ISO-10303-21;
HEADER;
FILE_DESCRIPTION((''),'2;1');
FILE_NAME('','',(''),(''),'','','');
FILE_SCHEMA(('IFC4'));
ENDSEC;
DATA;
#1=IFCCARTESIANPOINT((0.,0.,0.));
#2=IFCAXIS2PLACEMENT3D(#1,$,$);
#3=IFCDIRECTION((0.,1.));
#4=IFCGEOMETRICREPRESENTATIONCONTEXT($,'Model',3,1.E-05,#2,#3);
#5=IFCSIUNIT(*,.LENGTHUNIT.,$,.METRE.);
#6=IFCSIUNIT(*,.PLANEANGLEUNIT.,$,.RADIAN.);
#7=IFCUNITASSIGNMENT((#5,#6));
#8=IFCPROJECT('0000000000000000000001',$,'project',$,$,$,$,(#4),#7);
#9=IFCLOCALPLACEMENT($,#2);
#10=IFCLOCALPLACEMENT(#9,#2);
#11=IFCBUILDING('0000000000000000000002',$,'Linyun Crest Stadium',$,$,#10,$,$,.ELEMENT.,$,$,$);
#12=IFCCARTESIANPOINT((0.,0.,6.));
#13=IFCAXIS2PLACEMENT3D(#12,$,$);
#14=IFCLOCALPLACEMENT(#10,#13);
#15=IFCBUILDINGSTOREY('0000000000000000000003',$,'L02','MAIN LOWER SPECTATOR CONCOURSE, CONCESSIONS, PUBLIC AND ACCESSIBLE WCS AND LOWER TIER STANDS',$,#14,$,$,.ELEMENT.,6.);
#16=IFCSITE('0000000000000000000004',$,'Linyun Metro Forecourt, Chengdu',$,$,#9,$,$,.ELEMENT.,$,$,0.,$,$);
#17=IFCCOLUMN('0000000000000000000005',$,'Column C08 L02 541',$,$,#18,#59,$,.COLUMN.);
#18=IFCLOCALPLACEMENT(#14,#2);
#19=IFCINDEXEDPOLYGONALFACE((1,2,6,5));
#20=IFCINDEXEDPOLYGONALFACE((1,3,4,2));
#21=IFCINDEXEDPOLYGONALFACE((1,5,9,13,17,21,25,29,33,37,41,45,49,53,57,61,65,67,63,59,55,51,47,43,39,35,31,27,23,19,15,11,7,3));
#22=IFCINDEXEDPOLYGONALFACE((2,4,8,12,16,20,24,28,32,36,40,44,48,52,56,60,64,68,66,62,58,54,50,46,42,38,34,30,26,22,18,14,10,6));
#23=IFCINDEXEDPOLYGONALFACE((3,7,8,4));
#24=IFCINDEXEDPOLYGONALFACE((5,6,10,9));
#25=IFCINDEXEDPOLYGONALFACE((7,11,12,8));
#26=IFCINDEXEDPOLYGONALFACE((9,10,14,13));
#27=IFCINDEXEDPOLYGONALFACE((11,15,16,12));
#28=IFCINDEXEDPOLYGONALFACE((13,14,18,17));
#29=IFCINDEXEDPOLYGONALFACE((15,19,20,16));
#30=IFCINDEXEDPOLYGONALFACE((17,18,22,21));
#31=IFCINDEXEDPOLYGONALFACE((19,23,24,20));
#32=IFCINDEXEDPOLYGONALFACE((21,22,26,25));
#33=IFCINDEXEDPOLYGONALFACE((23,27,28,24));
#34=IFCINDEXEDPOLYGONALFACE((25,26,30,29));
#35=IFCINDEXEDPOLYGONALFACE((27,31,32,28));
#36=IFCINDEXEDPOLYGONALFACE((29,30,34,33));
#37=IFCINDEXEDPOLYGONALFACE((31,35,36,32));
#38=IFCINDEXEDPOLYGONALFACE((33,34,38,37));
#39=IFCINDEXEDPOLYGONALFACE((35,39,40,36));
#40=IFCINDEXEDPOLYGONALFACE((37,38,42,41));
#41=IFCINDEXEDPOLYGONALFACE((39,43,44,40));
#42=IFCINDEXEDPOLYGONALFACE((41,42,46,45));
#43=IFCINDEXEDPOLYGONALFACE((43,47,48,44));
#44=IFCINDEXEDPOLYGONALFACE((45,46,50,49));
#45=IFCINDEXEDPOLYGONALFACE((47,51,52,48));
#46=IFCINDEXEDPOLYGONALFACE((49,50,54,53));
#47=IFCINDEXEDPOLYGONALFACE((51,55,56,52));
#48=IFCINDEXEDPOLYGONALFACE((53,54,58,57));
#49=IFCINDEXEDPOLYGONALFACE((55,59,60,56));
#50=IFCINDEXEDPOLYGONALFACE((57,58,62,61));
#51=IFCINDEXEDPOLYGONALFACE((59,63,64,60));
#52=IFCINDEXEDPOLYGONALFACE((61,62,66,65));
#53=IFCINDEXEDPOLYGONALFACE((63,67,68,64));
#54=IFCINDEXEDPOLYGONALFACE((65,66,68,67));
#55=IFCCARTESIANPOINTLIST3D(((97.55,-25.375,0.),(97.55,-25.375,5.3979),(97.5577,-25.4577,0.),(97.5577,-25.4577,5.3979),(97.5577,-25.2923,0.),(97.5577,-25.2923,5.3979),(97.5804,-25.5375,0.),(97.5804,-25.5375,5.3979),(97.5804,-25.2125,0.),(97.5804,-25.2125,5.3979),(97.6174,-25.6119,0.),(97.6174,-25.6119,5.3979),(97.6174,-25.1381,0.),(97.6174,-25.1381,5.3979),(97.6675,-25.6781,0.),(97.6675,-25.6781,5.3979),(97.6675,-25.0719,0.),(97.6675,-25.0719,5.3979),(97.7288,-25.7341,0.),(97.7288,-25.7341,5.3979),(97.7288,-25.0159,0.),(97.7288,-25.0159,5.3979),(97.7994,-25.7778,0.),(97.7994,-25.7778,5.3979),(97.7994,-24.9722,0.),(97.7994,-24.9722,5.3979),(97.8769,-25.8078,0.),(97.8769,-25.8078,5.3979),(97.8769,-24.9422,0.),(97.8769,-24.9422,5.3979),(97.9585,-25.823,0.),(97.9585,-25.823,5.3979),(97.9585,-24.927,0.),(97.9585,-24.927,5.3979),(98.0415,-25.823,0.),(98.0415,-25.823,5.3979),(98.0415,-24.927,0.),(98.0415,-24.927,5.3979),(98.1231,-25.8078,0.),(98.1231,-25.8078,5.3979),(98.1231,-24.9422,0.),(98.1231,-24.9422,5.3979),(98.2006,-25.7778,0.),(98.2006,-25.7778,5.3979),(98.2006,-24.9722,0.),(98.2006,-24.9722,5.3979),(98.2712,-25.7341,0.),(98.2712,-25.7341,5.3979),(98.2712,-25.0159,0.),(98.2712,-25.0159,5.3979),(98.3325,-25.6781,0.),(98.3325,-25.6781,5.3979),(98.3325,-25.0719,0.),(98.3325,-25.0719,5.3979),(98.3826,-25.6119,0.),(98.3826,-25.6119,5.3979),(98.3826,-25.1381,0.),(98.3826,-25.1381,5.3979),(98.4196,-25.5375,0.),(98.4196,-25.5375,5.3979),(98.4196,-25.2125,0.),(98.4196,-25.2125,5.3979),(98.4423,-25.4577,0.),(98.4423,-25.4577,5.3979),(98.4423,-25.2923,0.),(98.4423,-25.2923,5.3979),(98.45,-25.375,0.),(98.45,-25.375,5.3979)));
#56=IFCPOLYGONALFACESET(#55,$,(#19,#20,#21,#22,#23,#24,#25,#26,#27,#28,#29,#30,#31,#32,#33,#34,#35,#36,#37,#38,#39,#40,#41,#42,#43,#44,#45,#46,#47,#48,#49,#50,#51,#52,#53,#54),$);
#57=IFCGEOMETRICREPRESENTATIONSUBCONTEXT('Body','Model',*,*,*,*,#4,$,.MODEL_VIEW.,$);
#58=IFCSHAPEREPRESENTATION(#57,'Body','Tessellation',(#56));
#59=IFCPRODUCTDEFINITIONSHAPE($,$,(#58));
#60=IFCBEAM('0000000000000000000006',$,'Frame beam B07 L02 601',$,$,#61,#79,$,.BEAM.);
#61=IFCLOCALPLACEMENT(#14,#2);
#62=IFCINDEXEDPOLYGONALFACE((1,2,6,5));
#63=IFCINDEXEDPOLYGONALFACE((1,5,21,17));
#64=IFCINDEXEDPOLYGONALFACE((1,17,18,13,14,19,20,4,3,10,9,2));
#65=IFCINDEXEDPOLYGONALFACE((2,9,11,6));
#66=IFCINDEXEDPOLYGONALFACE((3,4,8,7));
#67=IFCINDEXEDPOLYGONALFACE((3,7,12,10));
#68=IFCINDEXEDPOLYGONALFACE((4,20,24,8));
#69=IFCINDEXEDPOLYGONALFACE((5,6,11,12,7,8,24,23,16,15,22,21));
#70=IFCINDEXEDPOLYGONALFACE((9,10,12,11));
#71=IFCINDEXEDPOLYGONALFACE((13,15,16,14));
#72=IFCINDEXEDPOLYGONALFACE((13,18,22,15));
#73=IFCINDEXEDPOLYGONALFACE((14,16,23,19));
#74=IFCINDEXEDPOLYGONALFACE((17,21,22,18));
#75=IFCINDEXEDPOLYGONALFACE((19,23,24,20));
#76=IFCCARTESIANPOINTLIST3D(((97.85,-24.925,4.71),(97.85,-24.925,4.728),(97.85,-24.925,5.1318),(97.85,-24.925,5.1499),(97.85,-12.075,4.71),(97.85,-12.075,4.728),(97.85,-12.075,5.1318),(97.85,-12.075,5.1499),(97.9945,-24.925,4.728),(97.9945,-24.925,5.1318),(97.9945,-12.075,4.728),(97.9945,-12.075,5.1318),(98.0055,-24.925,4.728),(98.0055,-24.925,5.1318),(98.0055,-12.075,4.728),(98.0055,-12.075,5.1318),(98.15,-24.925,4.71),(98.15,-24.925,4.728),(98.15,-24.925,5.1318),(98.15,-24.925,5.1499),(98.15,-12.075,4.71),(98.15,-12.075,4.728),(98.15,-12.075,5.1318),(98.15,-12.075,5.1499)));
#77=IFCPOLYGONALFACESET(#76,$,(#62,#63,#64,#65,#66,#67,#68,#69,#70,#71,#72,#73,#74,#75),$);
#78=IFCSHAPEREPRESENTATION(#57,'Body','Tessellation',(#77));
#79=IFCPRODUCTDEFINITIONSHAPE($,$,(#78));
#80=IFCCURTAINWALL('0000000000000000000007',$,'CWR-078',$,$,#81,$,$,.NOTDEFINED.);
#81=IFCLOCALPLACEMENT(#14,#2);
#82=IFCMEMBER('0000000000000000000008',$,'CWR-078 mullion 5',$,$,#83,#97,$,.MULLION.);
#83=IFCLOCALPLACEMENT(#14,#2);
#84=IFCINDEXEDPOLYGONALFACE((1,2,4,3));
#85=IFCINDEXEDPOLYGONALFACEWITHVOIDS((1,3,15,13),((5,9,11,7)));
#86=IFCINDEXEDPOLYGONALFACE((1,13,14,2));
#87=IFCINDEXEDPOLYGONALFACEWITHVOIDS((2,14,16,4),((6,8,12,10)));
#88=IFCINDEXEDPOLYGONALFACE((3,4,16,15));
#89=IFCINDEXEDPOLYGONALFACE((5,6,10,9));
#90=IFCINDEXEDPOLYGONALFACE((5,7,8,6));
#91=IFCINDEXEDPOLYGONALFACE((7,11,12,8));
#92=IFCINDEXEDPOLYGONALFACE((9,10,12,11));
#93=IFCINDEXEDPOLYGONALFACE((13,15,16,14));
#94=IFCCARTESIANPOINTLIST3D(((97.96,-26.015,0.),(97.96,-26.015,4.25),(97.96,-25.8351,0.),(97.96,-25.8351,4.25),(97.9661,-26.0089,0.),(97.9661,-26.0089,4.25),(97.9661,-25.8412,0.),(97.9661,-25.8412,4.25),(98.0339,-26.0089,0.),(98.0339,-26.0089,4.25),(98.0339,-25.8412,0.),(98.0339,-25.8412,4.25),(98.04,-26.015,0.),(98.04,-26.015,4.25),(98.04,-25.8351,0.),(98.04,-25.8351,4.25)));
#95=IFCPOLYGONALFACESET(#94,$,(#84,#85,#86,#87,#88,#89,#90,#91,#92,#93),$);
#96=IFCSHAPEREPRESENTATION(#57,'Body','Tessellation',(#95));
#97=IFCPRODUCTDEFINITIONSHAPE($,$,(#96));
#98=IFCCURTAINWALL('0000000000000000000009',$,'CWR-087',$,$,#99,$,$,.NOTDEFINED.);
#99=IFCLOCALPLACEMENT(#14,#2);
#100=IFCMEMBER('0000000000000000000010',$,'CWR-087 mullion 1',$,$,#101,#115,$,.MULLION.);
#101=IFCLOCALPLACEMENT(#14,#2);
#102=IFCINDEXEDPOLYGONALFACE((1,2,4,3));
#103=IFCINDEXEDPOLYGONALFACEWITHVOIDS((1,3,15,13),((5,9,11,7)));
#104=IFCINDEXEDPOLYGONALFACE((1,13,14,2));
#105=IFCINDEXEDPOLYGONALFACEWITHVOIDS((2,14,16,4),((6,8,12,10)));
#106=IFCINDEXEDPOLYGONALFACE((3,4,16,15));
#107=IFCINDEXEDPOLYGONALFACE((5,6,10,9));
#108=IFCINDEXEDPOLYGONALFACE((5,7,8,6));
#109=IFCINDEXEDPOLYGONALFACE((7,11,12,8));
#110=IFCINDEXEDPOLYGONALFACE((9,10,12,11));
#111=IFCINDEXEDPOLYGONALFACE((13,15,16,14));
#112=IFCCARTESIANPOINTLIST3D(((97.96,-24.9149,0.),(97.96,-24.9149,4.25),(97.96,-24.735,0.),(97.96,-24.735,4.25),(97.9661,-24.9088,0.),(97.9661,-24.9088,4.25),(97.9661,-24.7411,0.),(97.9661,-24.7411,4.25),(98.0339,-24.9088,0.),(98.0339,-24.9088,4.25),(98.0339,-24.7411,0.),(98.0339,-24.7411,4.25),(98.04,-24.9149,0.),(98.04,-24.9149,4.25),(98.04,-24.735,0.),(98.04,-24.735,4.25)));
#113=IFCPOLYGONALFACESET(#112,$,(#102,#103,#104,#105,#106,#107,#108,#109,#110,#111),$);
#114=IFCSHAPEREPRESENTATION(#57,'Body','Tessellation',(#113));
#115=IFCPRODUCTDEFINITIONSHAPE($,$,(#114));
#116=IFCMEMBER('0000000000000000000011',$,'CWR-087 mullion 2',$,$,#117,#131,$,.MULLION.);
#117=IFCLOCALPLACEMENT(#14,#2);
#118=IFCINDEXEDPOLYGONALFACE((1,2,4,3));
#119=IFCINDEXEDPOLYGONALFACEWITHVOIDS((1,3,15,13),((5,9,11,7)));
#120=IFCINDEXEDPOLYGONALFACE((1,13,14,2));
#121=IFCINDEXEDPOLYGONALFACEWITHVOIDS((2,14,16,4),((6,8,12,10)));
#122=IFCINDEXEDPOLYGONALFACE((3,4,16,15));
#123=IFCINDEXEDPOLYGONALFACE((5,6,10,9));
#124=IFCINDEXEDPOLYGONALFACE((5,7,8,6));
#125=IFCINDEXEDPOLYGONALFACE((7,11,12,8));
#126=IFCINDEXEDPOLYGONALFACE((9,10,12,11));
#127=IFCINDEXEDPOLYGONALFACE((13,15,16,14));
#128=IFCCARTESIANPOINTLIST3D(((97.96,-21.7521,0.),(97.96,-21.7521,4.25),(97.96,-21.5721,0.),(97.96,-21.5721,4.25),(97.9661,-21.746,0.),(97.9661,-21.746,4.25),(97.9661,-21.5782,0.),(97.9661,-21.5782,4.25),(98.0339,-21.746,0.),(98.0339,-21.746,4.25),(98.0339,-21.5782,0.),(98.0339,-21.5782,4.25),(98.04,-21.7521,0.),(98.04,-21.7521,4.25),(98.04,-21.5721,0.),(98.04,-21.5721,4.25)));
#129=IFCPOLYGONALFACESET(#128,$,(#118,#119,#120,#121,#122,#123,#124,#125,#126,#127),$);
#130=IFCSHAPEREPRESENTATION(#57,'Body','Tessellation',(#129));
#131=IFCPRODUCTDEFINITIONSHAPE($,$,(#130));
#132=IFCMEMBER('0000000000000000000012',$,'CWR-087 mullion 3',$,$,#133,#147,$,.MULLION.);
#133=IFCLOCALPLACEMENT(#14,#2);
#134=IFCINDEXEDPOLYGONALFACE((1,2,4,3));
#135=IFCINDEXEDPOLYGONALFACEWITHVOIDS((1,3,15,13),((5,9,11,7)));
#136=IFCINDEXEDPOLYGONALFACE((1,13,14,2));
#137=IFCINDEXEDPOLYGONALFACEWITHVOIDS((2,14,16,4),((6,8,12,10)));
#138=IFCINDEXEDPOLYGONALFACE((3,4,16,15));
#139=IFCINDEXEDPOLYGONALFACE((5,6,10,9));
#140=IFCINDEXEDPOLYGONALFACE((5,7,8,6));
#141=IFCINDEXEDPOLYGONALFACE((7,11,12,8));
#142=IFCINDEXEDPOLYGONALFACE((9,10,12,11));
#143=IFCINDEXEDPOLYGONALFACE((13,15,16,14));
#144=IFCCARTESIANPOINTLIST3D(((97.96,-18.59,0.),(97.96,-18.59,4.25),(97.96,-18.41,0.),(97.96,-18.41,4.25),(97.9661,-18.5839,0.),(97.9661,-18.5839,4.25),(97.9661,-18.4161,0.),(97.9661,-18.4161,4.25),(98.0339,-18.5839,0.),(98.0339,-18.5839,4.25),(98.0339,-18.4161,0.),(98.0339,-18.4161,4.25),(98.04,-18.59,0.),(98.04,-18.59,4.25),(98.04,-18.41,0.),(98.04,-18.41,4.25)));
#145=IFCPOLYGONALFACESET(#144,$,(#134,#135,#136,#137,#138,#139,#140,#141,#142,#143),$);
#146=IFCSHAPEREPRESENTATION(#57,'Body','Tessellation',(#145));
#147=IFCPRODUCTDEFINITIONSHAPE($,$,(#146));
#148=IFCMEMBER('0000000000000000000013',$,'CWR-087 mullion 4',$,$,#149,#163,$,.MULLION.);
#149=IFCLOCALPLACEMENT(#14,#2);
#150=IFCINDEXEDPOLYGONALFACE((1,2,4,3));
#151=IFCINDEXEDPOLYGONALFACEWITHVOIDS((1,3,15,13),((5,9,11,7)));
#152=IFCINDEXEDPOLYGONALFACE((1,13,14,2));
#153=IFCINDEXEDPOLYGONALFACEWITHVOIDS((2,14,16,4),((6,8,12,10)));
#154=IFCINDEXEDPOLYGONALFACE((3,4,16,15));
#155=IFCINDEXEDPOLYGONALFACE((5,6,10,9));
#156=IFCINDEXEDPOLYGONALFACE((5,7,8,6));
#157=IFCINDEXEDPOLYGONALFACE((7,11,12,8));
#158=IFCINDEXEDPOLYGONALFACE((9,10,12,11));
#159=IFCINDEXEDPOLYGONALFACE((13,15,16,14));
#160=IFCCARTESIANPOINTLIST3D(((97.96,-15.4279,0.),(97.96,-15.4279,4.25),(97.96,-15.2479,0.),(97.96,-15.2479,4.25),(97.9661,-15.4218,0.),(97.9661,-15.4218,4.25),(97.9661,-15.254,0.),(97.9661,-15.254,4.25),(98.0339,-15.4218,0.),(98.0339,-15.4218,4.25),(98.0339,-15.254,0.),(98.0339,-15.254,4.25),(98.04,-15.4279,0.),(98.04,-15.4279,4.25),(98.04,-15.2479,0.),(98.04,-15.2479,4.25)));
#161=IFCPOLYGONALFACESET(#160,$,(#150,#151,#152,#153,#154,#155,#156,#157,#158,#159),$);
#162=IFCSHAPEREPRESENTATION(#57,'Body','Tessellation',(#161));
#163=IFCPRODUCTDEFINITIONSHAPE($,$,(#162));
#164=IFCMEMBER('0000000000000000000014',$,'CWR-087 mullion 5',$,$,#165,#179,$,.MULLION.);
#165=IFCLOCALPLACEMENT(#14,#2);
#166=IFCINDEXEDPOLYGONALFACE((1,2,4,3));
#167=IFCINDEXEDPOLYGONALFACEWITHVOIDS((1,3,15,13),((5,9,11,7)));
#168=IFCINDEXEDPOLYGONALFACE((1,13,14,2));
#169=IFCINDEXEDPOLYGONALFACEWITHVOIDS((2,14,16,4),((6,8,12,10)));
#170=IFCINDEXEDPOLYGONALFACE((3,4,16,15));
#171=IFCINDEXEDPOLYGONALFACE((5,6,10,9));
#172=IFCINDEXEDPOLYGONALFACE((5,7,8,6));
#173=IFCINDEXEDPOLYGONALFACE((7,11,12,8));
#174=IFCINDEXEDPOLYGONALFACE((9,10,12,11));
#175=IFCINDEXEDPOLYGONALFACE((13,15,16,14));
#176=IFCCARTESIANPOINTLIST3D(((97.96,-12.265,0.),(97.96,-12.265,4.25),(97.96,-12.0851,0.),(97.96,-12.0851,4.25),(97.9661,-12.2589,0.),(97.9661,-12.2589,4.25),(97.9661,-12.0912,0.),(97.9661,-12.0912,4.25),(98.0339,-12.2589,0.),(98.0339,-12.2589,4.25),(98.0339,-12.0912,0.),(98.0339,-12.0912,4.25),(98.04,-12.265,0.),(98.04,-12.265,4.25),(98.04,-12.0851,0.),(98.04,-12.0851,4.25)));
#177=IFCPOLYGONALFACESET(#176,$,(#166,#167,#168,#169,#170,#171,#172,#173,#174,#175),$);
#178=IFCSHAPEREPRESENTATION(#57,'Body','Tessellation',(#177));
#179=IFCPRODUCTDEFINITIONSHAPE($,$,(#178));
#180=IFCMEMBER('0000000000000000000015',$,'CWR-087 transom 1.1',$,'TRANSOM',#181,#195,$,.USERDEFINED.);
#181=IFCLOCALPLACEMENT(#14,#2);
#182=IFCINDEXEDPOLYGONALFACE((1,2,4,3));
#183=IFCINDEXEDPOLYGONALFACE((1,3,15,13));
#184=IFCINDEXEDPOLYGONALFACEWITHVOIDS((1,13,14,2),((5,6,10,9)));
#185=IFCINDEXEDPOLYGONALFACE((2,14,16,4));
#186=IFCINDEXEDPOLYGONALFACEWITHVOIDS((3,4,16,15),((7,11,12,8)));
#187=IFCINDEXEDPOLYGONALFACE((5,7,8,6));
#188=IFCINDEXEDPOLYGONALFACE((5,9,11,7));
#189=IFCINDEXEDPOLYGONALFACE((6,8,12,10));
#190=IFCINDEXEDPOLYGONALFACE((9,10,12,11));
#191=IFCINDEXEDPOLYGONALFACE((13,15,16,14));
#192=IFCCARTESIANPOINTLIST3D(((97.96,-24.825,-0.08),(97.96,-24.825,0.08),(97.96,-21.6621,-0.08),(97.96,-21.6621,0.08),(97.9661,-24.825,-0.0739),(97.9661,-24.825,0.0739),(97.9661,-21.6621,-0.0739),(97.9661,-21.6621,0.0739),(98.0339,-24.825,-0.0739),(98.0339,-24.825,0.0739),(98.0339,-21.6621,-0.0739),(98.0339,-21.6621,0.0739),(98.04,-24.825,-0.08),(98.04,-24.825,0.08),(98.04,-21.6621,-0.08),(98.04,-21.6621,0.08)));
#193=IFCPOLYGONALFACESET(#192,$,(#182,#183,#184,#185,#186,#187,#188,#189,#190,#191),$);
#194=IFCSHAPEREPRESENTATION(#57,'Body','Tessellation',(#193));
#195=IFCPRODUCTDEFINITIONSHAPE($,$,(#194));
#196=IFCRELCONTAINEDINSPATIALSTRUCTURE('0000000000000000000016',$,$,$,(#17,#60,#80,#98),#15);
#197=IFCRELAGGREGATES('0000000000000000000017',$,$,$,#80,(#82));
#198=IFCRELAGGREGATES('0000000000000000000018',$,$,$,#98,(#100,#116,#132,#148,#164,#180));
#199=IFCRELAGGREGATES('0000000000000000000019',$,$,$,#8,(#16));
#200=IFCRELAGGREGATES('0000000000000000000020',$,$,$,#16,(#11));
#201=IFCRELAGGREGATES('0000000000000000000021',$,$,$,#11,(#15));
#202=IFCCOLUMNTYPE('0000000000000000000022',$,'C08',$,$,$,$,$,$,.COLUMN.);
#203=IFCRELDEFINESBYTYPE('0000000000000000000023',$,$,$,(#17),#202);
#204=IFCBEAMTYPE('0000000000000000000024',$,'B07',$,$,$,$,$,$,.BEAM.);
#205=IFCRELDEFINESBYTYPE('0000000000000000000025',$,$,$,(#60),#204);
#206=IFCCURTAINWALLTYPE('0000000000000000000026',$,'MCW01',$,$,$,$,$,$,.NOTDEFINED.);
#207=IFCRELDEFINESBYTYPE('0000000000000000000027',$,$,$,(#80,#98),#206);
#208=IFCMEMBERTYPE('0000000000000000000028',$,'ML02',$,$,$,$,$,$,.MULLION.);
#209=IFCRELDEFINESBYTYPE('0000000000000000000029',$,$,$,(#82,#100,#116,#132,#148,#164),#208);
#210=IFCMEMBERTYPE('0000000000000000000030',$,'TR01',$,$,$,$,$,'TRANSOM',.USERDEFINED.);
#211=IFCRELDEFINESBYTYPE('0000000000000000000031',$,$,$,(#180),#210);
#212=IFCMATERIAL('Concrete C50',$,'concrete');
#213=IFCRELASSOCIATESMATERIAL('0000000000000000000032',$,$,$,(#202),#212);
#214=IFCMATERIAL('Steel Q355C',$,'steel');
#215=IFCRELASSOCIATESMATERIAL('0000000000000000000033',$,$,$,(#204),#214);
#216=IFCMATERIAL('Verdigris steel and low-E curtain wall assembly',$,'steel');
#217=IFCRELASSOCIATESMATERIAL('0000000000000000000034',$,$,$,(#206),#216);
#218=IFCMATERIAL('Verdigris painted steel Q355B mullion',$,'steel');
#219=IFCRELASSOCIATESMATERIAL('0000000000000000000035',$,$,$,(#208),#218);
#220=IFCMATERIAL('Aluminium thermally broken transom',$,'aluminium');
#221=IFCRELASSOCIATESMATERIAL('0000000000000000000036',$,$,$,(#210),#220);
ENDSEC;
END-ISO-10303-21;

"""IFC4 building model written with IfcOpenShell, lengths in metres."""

from ifc_helpers import new_model, si_unit, direction, frame, origin, origin_2d, place, context, subcontext, project, spatial, hollow_rectangle, circle, i_section, extrude, material, material_profile, profile_set, type_object, element, aggregate, save


model = new_model("IFC4")

# Units and contexts
model_context = context("Model", 3, precision=1e-05, world=origin(), true_north=direction((0.0, 1.0)))
body_context = subcontext(model_context, "Body", "Model", "MODEL_VIEW")
ifc_project = project(units=[si_unit("LENGTHUNIT", "METRE"), si_unit("PLANEANGLEUNIT", "RADIAN")], contexts=[model_context])

# Site, building, storey
site_placement = place(None, origin())
site = spatial("IfcSite", under=ifc_project, at=site_placement, Name="Linyun Metro Forecourt, Chengdu", CompositionType="ELEMENT", RefElevation=0.0)
building_placement = place(site_placement, origin())
building = spatial("IfcBuilding", under=site, at=building_placement, Name="Linyun Crest Stadium", CompositionType="ELEMENT")
storey_placement = place(building_placement, frame((0.0, 0.0, 6.0)))
storey = spatial("IfcBuildingStorey", under=building, at=storey_placement, Name="L02", Description="MAIN LOWER SPECTATOR CONCOURSE, CONCESSIONS, PUBLIC AND ACCESSIBLE WCS AND LOWER TIER STANDS", CompositionType="ELEMENT", Elevation=6.0)

# Column
ifc_material_1 = material(Name="Concrete C50", Category="concrete")
ifc_material_profile_1 = material_profile(ifc_material_1, circle(Radius=0.45, at=origin_2d()), Name="RC D900")
ifc_profile_set_1 = profile_set([ifc_material_profile_1], Name="Concrete C50")
column_type = type_object("IfcColumnType", Name="C08", PredefinedType="COLUMN", material=ifc_profile_set_1)
column_placement = place(storey_placement, frame((98.0, -25.375, 0.0), z_axis=(0.0, 0.0, 1.0), x_axis=(1.0, 0.0, 0.0)))
element("IfcColumn", 1, at=column_placement, inside=storey, type_object=column_type, Name="Column C08 L02 541", PredefinedType="COLUMN", context=body_context, shape_type="SweptSolid", body=[
    extrude(circle(Radius=0.45, at=origin_2d()), origin(), (0.0, 0.0, 1.0), 5.3979),
])

# Beam
ifc_material_2 = material(Name="Steel Q355C", Category="steel")
ifc_material_profile_2 = material_profile(ifc_material_2, i_section(OverallWidth=0.3, OverallDepth=0.4399, WebThickness=0.011, FlangeThickness=0.0181, at=origin_2d()), Name="HM 440x300")
ifc_profile_set_2 = profile_set([ifc_material_profile_2], Name="Steel Q355C")
beam_type = type_object("IfcBeamType", Name="B07", PredefinedType="BEAM", material=ifc_profile_set_2)
beam_placement = place(storey_placement, frame((98.0, -24.925, 4.9299), z_axis=(0.0, 1.0, 0.0), x_axis=(-1.0, 0.0, 0.0)))
element("IfcBeam", 2, at=beam_placement, inside=storey, type_object=beam_type, Name="Frame beam B07 L02 601", PredefinedType="BEAM", context=body_context, shape_type="SweptSolid", body=[
    extrude(i_section(OverallWidth=0.3, OverallDepth=0.4399, WebThickness=0.011, FlangeThickness=0.0181, at=origin_2d()), origin(), (0.0, 0.0, 1.0), 12.8501),
])

# Curtain wall, member
ifc_material_3 = material(Name="Verdigris steel and low-E curtain wall assembly", Category="steel")
curtain_wall_type = type_object("IfcCurtainWallType", Name="MCW01", PredefinedType="NOTDEFINED", material=ifc_material_3)
curtain_wall_1_placement = place(storey_placement, origin())
curtain_wall_1 = element("IfcCurtainWall", 3, at=curtain_wall_1_placement, inside=storey, type_object=curtain_wall_type, Name="CWR-078", PredefinedType="NOTDEFINED")
ifc_material_4 = material(Name="Verdigris painted steel Q355B mullion", Category="steel")
ifc_material_profile_3 = material_profile(ifc_material_4, hollow_rectangle(XDim=0.0801, YDim=0.1799, WallThickness=0.0061, at=origin_2d()), Name="RHS 180x80x6")
ifc_profile_set_3 = profile_set([ifc_material_profile_3], Name="Verdigris painted steel Q355B mullion")
member_type_1 = type_object("IfcMemberType", Name="ML02", PredefinedType="MULLION", material=ifc_profile_set_3)
member_1_placement = place(storey_placement, frame((98.0, -25.925, 0.0), z_axis=(0.0, 0.0, 1.0), x_axis=(-1.0, 0.0, 0.0)))
member_1 = element("IfcMember", 4, at=member_1_placement, type_object=member_type_1, Name="CWR-078 mullion 5", PredefinedType="MULLION", context=body_context, shape_type="SweptSolid", body=[
    extrude(hollow_rectangle(XDim=0.0801, YDim=0.1799, WallThickness=0.0061, at=origin_2d()), origin(), (0.0, 0.0, 1.0), 4.25),
])
aggregate(curtain_wall_1, [member_1])

# Curtain wall, members
curtain_wall_2_placement = place(storey_placement, origin())
curtain_wall_2 = element("IfcCurtainWall", 5, at=curtain_wall_2_placement, inside=storey, type_object=curtain_wall_type, Name="CWR-087", PredefinedType="NOTDEFINED")
member_2_placement = place(storey_placement, frame((98.0, -24.825, 0.0), z_axis=(0.0, 0.0, 1.0), x_axis=(-1.0, 0.0, 0.0)))
member_2 = element("IfcMember", 6, at=member_2_placement, type_object=member_type_1, Name="CWR-087 mullion 1", PredefinedType="MULLION", context=body_context, shape_type="SweptSolid", body=[
    extrude(hollow_rectangle(XDim=0.0801, YDim=0.1799, WallThickness=0.0061, at=origin_2d()), origin(), (0.0, 0.0, 1.0), 4.25),
])
member_3_placement = place(storey_placement, frame((98.0, -21.6621, 0.0), z_axis=(0.0, 0.0, 1.0), x_axis=(-1.0, 0.0, 0.0)))
member_3 = element("IfcMember", 7, at=member_3_placement, type_object=member_type_1, Name="CWR-087 mullion 2", PredefinedType="MULLION", context=body_context, shape_type="SweptSolid", body=[
    extrude(hollow_rectangle(XDim=0.0801, YDim=0.1799, WallThickness=0.0061, at=origin_2d()), origin(), (0.0, 0.0, 1.0), 4.25),
])
member_4_placement = place(storey_placement, frame((98.0, -18.5, 0.0), z_axis=(0.0, 0.0, 1.0), x_axis=(-1.0, 0.0, 0.0)))
member_4 = element("IfcMember", 8, at=member_4_placement, type_object=member_type_1, Name="CWR-087 mullion 3", PredefinedType="MULLION", context=body_context, shape_type="SweptSolid", body=[
    extrude(hollow_rectangle(XDim=0.0801, YDim=0.1799, WallThickness=0.0061, at=origin_2d()), origin(), (0.0, 0.0, 1.0), 4.25),
])
member_5_placement = place(storey_placement, frame((98.0, -15.3379, 0.0), z_axis=(0.0, 0.0, 1.0), x_axis=(-1.0, 0.0, 0.0)))
member_5 = element("IfcMember", 9, at=member_5_placement, type_object=member_type_1, Name="CWR-087 mullion 4", PredefinedType="MULLION", context=body_context, shape_type="SweptSolid", body=[
    extrude(hollow_rectangle(XDim=0.0801, YDim=0.1799, WallThickness=0.0061, at=origin_2d()), origin(), (0.0, 0.0, 1.0), 4.25),
])
member_6_placement = place(storey_placement, frame((98.0, -12.175, 0.0), z_axis=(0.0, 0.0, 1.0), x_axis=(-1.0, 0.0, 0.0)))
member_6 = element("IfcMember", 10, at=member_6_placement, type_object=member_type_1, Name="CWR-087 mullion 5", PredefinedType="MULLION", context=body_context, shape_type="SweptSolid", body=[
    extrude(hollow_rectangle(XDim=0.0801, YDim=0.1799, WallThickness=0.0061, at=origin_2d()), origin(), (0.0, 0.0, 1.0), 4.25),
])
ifc_material_5 = material(Name="Aluminium thermally broken transom", Category="aluminium")
ifc_material_profile_4 = material_profile(ifc_material_5, hollow_rectangle(XDim=0.0801, YDim=0.1599, WallThickness=0.0061, at=origin_2d()), Name="RHS 160x80x6")
ifc_profile_set_4 = profile_set([ifc_material_profile_4], Name="Aluminium thermally broken transom")
member_type_2 = type_object("IfcMemberType", Name="TR01", ElementType="TRANSOM", PredefinedType="USERDEFINED", material=ifc_profile_set_4)
member_7_placement = place(storey_placement, frame((98.0, -24.825, 0.0), z_axis=(0.0, 1.0, 0.0), x_axis=(-1.0, 0.0, 0.0)))
member_7 = element("IfcMember", 11, at=member_7_placement, type_object=member_type_2, Name="CWR-087 transom 1.1", ObjectType="TRANSOM", PredefinedType="USERDEFINED", context=body_context, shape_type="SweptSolid", body=[
    extrude(hollow_rectangle(XDim=0.0801, YDim=0.1599, WallThickness=0.0061, at=origin_2d()), origin(), (0.0, 0.0, 1.0), 3.1628),
])
aggregate(curtain_wall_2, [member_2, member_3, member_4, member_5, member_6, member_7])

save(model, "model.ifc")
